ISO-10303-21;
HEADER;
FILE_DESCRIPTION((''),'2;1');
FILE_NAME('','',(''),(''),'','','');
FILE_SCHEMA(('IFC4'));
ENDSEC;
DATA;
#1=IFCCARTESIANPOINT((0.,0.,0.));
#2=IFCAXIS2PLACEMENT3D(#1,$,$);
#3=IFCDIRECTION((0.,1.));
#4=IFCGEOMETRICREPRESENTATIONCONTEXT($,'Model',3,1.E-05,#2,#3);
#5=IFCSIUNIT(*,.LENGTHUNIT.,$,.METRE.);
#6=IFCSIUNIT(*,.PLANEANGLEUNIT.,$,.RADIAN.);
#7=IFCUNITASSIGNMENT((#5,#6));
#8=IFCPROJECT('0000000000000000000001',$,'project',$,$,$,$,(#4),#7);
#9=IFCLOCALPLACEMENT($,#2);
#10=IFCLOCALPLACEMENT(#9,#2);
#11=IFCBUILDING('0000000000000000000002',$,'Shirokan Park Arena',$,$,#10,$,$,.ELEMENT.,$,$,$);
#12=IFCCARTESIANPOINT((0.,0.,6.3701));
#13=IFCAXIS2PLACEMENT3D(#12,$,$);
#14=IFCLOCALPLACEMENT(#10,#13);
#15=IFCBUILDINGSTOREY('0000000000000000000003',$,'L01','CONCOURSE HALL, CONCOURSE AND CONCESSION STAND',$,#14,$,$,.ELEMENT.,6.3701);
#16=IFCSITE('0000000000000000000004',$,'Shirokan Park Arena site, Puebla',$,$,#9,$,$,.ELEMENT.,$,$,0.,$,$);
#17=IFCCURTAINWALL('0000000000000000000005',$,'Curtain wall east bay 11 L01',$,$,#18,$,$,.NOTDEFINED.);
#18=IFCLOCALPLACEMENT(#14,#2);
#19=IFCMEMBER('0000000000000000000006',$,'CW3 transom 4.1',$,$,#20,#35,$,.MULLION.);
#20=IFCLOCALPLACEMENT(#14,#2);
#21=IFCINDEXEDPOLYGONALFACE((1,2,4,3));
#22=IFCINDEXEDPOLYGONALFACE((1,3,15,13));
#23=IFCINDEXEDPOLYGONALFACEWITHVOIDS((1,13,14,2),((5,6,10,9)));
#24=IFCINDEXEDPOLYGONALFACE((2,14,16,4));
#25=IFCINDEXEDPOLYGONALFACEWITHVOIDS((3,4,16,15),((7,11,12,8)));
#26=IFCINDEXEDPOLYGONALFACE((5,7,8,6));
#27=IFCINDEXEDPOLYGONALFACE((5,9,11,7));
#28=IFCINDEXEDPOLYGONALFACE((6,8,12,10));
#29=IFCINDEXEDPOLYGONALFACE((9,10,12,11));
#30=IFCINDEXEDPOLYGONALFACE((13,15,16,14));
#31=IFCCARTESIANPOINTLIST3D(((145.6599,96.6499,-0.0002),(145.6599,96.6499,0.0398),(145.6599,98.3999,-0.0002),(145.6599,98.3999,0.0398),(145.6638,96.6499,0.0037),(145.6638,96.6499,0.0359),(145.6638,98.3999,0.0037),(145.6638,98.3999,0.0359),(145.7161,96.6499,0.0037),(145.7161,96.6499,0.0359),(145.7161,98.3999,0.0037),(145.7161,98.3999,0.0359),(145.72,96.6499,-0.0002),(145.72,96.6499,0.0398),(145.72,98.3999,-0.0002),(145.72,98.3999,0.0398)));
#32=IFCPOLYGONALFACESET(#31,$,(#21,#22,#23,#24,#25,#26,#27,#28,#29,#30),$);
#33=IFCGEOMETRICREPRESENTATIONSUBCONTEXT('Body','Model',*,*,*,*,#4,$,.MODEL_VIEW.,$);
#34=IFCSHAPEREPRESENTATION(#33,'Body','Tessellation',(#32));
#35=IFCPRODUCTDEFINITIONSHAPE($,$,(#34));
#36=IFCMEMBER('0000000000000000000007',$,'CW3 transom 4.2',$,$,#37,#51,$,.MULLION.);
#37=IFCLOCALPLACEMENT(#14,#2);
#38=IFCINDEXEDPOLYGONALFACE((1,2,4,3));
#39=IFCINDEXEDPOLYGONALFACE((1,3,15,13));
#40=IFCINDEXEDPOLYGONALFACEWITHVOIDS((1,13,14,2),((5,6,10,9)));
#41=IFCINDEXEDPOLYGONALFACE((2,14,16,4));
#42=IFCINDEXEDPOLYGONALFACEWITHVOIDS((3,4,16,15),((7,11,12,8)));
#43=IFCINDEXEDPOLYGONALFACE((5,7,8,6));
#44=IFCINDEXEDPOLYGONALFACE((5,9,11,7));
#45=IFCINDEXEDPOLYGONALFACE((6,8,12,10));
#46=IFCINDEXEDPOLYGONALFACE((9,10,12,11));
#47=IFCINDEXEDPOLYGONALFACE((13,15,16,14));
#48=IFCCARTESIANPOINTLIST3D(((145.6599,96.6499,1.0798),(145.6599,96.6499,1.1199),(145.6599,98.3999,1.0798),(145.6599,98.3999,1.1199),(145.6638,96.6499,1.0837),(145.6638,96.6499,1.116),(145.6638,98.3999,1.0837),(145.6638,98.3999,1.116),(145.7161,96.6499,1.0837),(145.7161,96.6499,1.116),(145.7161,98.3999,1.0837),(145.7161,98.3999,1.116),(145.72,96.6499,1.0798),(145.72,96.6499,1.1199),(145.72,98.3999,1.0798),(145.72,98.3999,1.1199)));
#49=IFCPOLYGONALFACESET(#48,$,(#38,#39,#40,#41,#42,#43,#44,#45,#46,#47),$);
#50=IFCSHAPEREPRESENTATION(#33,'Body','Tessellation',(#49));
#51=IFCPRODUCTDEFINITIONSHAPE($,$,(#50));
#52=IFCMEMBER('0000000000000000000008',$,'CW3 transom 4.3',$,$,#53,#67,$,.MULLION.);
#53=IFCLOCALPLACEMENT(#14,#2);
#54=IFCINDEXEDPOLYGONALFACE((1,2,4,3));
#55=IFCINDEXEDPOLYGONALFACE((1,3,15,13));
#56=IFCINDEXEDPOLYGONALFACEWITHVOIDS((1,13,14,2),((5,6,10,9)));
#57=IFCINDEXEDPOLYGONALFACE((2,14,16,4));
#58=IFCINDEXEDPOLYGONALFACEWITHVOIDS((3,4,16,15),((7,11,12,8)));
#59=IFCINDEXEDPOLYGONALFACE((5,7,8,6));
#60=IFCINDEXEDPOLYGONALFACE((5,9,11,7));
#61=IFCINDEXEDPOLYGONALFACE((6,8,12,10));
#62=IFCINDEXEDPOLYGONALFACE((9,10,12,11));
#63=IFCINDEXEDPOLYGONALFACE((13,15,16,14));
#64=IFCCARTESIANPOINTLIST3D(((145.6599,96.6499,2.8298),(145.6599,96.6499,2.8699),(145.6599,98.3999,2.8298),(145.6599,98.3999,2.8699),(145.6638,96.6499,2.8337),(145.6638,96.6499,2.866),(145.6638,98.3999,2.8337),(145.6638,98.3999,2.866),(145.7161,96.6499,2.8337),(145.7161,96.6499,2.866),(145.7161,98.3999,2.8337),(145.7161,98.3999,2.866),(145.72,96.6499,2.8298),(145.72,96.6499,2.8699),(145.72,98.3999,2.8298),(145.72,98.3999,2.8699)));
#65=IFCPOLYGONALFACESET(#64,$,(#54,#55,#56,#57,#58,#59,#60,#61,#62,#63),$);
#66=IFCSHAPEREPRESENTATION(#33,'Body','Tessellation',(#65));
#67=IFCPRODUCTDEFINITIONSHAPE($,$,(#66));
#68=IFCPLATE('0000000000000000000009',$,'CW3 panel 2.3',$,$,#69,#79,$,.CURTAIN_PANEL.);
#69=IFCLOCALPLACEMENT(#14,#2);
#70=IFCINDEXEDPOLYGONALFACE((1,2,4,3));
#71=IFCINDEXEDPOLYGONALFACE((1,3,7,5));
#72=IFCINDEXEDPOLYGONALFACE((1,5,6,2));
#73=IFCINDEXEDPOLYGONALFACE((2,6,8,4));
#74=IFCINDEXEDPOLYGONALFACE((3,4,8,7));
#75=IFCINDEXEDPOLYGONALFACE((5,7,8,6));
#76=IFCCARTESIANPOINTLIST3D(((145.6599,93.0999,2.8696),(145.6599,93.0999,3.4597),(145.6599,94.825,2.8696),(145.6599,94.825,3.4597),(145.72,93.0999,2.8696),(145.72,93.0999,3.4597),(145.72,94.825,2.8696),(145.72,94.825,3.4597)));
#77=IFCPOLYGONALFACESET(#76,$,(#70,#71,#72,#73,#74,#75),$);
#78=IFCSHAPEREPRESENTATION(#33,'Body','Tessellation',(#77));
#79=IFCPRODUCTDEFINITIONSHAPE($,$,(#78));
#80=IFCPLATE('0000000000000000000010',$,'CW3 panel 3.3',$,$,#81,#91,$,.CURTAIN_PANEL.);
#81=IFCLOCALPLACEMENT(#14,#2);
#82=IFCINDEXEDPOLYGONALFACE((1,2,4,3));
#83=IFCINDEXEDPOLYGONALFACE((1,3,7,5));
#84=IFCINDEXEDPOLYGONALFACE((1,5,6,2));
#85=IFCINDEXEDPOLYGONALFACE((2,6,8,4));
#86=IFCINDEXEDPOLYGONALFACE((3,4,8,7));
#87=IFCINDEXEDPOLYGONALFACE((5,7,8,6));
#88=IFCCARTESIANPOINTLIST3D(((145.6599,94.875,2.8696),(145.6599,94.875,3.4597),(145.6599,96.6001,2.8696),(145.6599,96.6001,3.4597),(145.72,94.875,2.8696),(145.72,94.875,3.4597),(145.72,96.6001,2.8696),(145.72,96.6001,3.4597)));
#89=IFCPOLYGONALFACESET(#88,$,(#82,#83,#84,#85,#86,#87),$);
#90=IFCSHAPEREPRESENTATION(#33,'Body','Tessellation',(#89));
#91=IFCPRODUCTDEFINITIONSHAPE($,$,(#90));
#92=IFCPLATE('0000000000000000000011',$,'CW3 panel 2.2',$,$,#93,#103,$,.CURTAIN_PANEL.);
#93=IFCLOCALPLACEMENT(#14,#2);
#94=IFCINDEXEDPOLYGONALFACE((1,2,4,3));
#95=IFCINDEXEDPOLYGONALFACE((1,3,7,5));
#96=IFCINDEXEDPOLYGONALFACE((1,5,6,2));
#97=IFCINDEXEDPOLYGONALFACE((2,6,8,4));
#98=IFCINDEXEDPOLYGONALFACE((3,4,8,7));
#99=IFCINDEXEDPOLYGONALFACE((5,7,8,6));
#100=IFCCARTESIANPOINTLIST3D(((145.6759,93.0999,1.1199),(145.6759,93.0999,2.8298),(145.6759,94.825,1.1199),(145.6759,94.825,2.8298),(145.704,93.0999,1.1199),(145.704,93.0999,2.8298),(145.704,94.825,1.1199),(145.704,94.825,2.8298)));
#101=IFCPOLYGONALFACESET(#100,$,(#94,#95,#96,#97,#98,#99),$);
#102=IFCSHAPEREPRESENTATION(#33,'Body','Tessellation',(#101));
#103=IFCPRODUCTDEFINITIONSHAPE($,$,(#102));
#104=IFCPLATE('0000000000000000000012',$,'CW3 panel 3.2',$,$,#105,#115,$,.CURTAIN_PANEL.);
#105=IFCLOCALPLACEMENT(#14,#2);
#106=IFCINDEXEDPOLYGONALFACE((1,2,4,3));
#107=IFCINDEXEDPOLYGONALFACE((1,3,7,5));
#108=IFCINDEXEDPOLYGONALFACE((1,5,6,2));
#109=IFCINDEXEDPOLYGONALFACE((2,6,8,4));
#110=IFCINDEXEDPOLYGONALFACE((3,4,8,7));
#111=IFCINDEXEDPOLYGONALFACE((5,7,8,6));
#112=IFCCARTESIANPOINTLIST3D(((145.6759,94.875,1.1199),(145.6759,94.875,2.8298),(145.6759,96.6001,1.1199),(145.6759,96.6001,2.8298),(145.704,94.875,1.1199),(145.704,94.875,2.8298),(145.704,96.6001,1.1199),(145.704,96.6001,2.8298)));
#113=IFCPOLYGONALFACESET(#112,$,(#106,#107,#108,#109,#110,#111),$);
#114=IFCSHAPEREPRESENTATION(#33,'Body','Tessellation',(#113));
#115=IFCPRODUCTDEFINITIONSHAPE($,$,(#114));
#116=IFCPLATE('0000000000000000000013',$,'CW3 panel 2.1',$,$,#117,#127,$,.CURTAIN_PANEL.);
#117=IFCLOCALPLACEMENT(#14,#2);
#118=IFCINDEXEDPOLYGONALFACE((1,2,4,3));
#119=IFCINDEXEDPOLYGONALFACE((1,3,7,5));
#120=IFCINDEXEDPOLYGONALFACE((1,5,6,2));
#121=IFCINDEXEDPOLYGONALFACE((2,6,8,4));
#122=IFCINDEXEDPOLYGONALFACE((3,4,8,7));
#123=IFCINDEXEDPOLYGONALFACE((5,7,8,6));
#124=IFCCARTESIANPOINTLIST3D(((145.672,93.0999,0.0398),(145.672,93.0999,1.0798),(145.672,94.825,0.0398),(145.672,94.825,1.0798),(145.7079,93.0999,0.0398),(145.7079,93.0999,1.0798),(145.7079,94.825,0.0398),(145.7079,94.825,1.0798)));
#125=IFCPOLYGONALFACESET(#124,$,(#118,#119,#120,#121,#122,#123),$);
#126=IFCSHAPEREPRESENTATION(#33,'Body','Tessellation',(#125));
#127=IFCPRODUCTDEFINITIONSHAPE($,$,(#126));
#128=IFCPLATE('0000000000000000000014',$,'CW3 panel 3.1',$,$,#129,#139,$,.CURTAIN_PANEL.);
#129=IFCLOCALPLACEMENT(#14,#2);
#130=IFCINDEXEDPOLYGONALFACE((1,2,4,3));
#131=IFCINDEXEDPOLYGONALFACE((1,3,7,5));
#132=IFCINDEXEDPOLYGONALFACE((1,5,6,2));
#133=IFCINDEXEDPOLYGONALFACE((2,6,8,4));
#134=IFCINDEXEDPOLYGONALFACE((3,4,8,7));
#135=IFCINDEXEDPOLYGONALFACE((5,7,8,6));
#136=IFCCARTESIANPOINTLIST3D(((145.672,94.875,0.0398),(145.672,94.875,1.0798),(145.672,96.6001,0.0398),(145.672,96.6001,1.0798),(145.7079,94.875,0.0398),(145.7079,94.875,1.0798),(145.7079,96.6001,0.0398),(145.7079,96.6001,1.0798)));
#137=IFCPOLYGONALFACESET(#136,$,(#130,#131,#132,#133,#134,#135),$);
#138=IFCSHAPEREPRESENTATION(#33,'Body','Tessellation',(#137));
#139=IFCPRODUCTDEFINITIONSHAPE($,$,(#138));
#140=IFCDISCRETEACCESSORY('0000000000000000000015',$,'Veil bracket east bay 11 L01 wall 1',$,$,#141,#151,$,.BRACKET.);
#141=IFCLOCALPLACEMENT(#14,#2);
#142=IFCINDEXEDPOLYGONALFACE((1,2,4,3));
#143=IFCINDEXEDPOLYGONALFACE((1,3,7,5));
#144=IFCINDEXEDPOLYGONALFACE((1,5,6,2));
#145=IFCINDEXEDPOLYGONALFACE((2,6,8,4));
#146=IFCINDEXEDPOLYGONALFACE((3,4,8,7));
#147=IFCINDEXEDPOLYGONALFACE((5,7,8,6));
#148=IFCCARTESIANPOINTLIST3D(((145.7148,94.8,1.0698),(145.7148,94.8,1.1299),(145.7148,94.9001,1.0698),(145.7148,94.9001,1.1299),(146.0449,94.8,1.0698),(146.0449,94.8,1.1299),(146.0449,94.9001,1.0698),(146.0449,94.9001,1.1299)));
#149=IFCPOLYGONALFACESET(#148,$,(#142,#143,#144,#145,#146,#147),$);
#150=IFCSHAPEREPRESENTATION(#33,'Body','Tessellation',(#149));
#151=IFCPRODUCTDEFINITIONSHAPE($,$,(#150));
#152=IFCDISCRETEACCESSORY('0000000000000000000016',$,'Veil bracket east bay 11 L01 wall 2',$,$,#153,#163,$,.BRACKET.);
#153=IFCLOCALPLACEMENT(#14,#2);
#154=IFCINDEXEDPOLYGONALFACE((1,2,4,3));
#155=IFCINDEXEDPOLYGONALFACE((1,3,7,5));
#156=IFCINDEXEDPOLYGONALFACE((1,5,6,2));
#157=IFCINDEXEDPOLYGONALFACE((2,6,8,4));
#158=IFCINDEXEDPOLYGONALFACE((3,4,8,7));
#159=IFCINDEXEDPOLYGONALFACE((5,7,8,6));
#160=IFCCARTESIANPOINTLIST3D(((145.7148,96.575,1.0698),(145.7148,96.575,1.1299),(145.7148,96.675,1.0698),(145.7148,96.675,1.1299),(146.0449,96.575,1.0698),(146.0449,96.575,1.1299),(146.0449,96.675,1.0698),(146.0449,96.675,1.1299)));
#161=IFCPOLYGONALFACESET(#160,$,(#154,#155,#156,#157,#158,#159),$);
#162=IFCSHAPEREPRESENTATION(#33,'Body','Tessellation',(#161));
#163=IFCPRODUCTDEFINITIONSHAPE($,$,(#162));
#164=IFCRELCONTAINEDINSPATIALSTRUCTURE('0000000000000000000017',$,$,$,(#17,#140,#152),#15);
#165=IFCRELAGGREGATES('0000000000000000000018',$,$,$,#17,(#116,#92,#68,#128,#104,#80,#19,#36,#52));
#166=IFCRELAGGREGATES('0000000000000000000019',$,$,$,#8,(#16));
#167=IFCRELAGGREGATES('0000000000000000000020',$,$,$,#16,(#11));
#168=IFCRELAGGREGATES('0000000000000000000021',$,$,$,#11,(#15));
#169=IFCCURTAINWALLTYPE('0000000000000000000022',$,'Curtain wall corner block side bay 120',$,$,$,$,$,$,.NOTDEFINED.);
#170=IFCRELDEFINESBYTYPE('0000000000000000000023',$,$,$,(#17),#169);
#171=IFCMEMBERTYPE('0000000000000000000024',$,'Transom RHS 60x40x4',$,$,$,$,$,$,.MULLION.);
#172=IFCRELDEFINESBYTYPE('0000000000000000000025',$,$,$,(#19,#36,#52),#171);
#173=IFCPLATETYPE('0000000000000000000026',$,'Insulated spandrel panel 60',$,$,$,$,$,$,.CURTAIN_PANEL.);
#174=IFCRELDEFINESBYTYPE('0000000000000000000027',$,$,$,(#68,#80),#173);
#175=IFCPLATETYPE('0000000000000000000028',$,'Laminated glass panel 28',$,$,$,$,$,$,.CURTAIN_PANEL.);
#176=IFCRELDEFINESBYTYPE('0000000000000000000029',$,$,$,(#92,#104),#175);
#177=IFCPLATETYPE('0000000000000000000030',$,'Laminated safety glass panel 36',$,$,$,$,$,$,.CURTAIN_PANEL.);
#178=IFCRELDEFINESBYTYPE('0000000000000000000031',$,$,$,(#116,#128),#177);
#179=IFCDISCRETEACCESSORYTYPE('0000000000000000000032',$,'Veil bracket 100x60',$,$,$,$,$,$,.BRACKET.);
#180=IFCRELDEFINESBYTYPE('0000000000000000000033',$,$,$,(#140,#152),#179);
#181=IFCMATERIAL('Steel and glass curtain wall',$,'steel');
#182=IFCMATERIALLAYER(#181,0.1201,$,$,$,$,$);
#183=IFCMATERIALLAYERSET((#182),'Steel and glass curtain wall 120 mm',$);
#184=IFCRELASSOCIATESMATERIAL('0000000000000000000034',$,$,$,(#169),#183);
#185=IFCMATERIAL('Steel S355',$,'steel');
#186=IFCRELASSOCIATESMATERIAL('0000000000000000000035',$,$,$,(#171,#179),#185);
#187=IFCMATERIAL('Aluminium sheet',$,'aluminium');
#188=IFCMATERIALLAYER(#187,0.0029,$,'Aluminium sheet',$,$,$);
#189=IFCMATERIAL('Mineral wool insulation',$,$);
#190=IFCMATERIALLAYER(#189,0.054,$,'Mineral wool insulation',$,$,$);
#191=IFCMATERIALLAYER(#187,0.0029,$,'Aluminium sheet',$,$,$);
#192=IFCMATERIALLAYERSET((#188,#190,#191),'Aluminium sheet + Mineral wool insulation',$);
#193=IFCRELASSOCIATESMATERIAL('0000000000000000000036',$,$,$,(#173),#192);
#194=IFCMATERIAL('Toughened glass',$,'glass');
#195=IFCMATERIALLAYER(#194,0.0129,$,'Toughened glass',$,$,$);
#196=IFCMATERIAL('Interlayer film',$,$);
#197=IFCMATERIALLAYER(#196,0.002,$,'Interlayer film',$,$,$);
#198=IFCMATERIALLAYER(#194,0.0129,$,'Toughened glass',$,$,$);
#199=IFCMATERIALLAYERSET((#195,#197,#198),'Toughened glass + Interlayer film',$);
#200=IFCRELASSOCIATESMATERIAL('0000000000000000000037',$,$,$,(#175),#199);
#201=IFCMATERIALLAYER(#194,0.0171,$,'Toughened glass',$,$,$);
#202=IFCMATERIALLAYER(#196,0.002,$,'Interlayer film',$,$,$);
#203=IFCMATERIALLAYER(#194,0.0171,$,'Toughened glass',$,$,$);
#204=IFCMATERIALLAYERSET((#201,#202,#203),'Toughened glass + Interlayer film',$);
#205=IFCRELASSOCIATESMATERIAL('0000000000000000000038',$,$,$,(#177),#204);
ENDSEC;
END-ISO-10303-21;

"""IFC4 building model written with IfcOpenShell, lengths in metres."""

from ifc_helpers import new_model, si_unit, direction, frame, origin, origin_2d, place, context, subcontext, project, spatial, rectangle, hollow_rectangle, extrude, material, layer, layer_set, material_profile, profile_set, type_object, element, aggregate, save


model = new_model("IFC4")

# Units and contexts
model_context = context("Model", 3, precision=1e-05, world=origin(), true_north=direction((0.0, 1.0)))
body_context = subcontext(model_context, "Body", "Model", "MODEL_VIEW")
ifc_project = project(units=[si_unit("LENGTHUNIT", "METRE"), si_unit("PLANEANGLEUNIT", "RADIAN")], contexts=[model_context])

# Site, building, storey
site_placement = place(None, origin())
site = spatial("IfcSite", under=ifc_project, at=site_placement, Name="Shirokan Park Arena site, Puebla", CompositionType="ELEMENT", RefElevation=0.0)
building_placement = place(site_placement, origin())
building = spatial("IfcBuilding", under=site, at=building_placement, Name="Shirokan Park Arena", CompositionType="ELEMENT")
storey_placement = place(building_placement, frame((0.0, 0.0, 6.3701)))
storey = spatial("IfcBuildingStorey", under=building, at=storey_placement, Name="L01", Description="CONCOURSE HALL, CONCOURSE AND CONCESSION STAND", CompositionType="ELEMENT", Elevation=6.3701)

# Curtain wall, members, plates
ifc_material_1 = material(Name="Steel and glass curtain wall", Category="steel")
ifc_layer_1 = layer(ifc_material_1, 0.1201)
ifc_layer_set_1 = layer_set([ifc_layer_1], Name="Steel and glass curtain wall 120 mm")
curtain_wall_type = type_object("IfcCurtainWallType", Name="Curtain wall corner block side bay 120", PredefinedType="NOTDEFINED", material=ifc_layer_set_1)
curtain_wall_placement = place(storey_placement, origin())
curtain_wall = element("IfcCurtainWall", 1, at=curtain_wall_placement, inside=storey, type_object=curtain_wall_type, Name="Curtain wall east bay 11 L01", PredefinedType="NOTDEFINED")
ifc_material_2 = material(Name="Steel S355", Category="steel")
ifc_material_profile_1 = material_profile(ifc_material_2, hollow_rectangle(XDim=0.0601, YDim=0.04, WallThickness=0.0039, at=origin_2d()), Name="RHS 60x40x4")
ifc_profile_set_1 = profile_set([ifc_material_profile_1], Name="Steel S355")
member_type_1 = type_object("IfcMemberType", Name="Transom RHS 60x40x4", PredefinedType="MULLION", material=ifc_profile_set_1)
member_1_placement = place(storey_placement, frame((145.6899, 96.6499, 0.0198), z_axis=(0.0, 1.0, 0.0), x_axis=(-1.0, 0.0, 0.0)))
member_1 = element("IfcMember", 2, at=member_1_placement, type_object=member_type_1, Name="CW3 transom 4.1", PredefinedType="MULLION", context=body_context, shape_type="SweptSolid", body=[
    extrude(hollow_rectangle(XDim=0.0601, YDim=0.04, WallThickness=0.0039, at=origin_2d()), origin(), (0.0, 0.0, 1.0), 1.75),
])
member_2_placement = place(storey_placement, frame((145.6899, 96.6499, 1.0999), z_axis=(0.0, 1.0, 0.0), x_axis=(-1.0, 0.0, 0.0)))
member_2 = element("IfcMember", 3, at=member_2_placement, type_object=member_type_1, Name="CW3 transom 4.2", PredefinedType="MULLION", context=body_context, shape_type="SweptSolid", body=[
    extrude(hollow_rectangle(XDim=0.0601, YDim=0.04, WallThickness=0.0039, at=origin_2d()), origin(), (0.0, 0.0, 1.0), 1.75),
])
member_3_placement = place(storey_placement, frame((145.6899, 96.6499, 2.8499), z_axis=(0.0, 1.0, 0.0), x_axis=(-1.0, 0.0, 0.0)))
member_3 = element("IfcMember", 4, at=member_3_placement, type_object=member_type_1, Name="CW3 transom 4.3", PredefinedType="MULLION", context=body_context, shape_type="SweptSolid", body=[
    extrude(hollow_rectangle(XDim=0.0601, YDim=0.04, WallThickness=0.0039, at=origin_2d()), origin(), (0.0, 0.0, 1.0), 1.75),
])
ifc_material_3 = material(Name="Aluminium sheet", Category="aluminium")
ifc_layer_2 = layer(ifc_material_3, 0.0029, Name="Aluminium sheet")
ifc_material_4 = material(Name="Mineral wool insulation")
ifc_layer_3 = layer(ifc_material_4, 0.054, Name="Mineral wool insulation")
ifc_layer_4 = layer(ifc_material_3, 0.0029, Name="Aluminium sheet")
ifc_layer_set_2 = layer_set([ifc_layer_2, ifc_layer_3, ifc_layer_4], Name="Aluminium sheet + Mineral wool insulation")
plate_type_1 = type_object("IfcPlateType", Name="Insulated spandrel panel 60", PredefinedType="CURTAIN_PANEL", material=ifc_layer_set_2)
plate_1_placement = place(storey_placement, frame((145.6899, 93.9624, 2.8696), z_axis=(0.0, 0.0, 1.0), x_axis=(0.0, 1.0, 0.0)))
plate_1 = element("IfcPlate", 5, at=plate_1_placement, type_object=plate_type_1, Name="CW3 panel 2.3", PredefinedType="CURTAIN_PANEL", context=body_context, shape_type="SweptSolid", body=[
    extrude(rectangle(XDim=1.7251, YDim=0.0601, at=origin_2d()), origin(), (0.0, 0.0, 1.0), 0.5901),
])
plate_2_placement = place(storey_placement, frame((145.6899, 95.7375, 2.8696), z_axis=(0.0, 0.0, 1.0), x_axis=(0.0, 1.0, 0.0)))
plate_2 = element("IfcPlate", 6, at=plate_2_placement, type_object=plate_type_1, Name="CW3 panel 3.3", PredefinedType="CURTAIN_PANEL", context=body_context, shape_type="SweptSolid", body=[
    extrude(rectangle(XDim=1.7251, YDim=0.0601, at=origin_2d()), origin(), (0.0, 0.0, 1.0), 0.5901),
])
ifc_material_5 = material(Name="Toughened glass", Category="glass")
ifc_layer_5 = layer(ifc_material_5, 0.0129, Name="Toughened glass")
ifc_material_6 = material(Name="Interlayer film")
ifc_layer_6 = layer(ifc_material_6, 0.002, Name="Interlayer film")
ifc_layer_7 = layer(ifc_material_5, 0.0129, Name="Toughened glass")
ifc_layer_set_3 = layer_set([ifc_layer_5, ifc_layer_6, ifc_layer_7], Name="Toughened glass + Interlayer film")
plate_type_2 = type_object("IfcPlateType", Name="Laminated glass panel 28", PredefinedType="CURTAIN_PANEL", material=ifc_layer_set_3)
plate_3_placement = place(storey_placement, frame((145.6899, 93.9624, 1.1199), z_axis=(0.0, 0.0, 1.0), x_axis=(0.0, 1.0, 0.0)))
plate_3 = element("IfcPlate", 7, at=plate_3_placement, type_object=plate_type_2, Name="CW3 panel 2.2", PredefinedType="CURTAIN_PANEL", context=body_context, shape_type="SweptSolid", body=[
    extrude(rectangle(XDim=1.7251, YDim=0.0281, at=origin_2d()), origin(), (0.0, 0.0, 1.0), 1.71),
])
plate_4_placement = place(storey_placement, frame((145.6899, 95.7375, 1.1199), z_axis=(0.0, 0.0, 1.0), x_axis=(0.0, 1.0, 0.0)))
plate_4 = element("IfcPlate", 8, at=plate_4_placement, type_object=plate_type_2, Name="CW3 panel 3.2", PredefinedType="CURTAIN_PANEL", context=body_context, shape_type="SweptSolid", body=[
    extrude(rectangle(XDim=1.7251, YDim=0.0281, at=origin_2d()), origin(), (0.0, 0.0, 1.0), 1.71),
])
ifc_layer_8 = layer(ifc_material_5, 0.0171, Name="Toughened glass")
ifc_layer_9 = layer(ifc_material_6, 0.002, Name="Interlayer film")
ifc_layer_10 = layer(ifc_material_5, 0.0171, Name="Toughened glass")
ifc_layer_set_4 = layer_set([ifc_layer_8, ifc_layer_9, ifc_layer_10], Name="Toughened glass + Interlayer film")
plate_type_3 = type_object("IfcPlateType", Name="Laminated safety glass panel 36", PredefinedType="CURTAIN_PANEL", material=ifc_layer_set_4)
plate_5_placement = place(storey_placement, frame((145.6899, 93.9624, 0.0398), z_axis=(0.0, 0.0, 1.0), x_axis=(0.0, 1.0, 0.0)))
plate_5 = element("IfcPlate", 9, at=plate_5_placement, type_object=plate_type_3, Name="CW3 panel 2.1", PredefinedType="CURTAIN_PANEL", context=body_context, shape_type="SweptSolid", body=[
    extrude(rectangle(XDim=1.7251, YDim=0.0359, at=origin_2d()), origin(), (0.0, 0.0, 1.0), 1.04),
])
plate_6_placement = place(storey_placement, frame((145.6899, 95.7375, 0.0398), z_axis=(0.0, 0.0, 1.0), x_axis=(0.0, 1.0, 0.0)))
plate_6 = element("IfcPlate", 10, at=plate_6_placement, type_object=plate_type_3, Name="CW3 panel 3.1", PredefinedType="CURTAIN_PANEL", context=body_context, shape_type="SweptSolid", body=[
    extrude(rectangle(XDim=1.7251, YDim=0.0359, at=origin_2d()), origin(), (0.0, 0.0, 1.0), 1.04),
])
aggregate(curtain_wall, [plate_5, plate_3, plate_1, plate_6, plate_4, plate_2, member_1, member_2, member_3])

# Discrete accessories
discrete_accessory_type = type_object("IfcDiscreteAccessoryType", Name="Veil bracket 100x60", PredefinedType="BRACKET", material=ifc_material_2)
for number, where, z_axis, x_axis, name in (
    (11, (145.8799, 94.8501, 1.0698), (0.0, 0.0, 1.0), (0.0, 1.0, 0.0), "Veil bracket east bay 11 L01 wall 1"),
    (12, (145.8799, 96.625, 1.0698), (0.0, 0.0, 1.0), (0.0, 1.0, 0.0), "Veil bracket east bay 11 L01 wall 2"),
):
    element("IfcDiscreteAccessory", number, at=place(storey_placement, frame(where, z_axis=z_axis, x_axis=x_axis)), inside=storey, type_object=discrete_accessory_type, Name=name, PredefinedType="BRACKET", context=body_context, shape_type="SweptSolid", body=[
        extrude(rectangle(XDim=0.1001, YDim=0.3301, at=origin_2d()), origin(), (0.0, 0.0, 1.0), 0.0601),
    ])

save(model, "model.ifc")
